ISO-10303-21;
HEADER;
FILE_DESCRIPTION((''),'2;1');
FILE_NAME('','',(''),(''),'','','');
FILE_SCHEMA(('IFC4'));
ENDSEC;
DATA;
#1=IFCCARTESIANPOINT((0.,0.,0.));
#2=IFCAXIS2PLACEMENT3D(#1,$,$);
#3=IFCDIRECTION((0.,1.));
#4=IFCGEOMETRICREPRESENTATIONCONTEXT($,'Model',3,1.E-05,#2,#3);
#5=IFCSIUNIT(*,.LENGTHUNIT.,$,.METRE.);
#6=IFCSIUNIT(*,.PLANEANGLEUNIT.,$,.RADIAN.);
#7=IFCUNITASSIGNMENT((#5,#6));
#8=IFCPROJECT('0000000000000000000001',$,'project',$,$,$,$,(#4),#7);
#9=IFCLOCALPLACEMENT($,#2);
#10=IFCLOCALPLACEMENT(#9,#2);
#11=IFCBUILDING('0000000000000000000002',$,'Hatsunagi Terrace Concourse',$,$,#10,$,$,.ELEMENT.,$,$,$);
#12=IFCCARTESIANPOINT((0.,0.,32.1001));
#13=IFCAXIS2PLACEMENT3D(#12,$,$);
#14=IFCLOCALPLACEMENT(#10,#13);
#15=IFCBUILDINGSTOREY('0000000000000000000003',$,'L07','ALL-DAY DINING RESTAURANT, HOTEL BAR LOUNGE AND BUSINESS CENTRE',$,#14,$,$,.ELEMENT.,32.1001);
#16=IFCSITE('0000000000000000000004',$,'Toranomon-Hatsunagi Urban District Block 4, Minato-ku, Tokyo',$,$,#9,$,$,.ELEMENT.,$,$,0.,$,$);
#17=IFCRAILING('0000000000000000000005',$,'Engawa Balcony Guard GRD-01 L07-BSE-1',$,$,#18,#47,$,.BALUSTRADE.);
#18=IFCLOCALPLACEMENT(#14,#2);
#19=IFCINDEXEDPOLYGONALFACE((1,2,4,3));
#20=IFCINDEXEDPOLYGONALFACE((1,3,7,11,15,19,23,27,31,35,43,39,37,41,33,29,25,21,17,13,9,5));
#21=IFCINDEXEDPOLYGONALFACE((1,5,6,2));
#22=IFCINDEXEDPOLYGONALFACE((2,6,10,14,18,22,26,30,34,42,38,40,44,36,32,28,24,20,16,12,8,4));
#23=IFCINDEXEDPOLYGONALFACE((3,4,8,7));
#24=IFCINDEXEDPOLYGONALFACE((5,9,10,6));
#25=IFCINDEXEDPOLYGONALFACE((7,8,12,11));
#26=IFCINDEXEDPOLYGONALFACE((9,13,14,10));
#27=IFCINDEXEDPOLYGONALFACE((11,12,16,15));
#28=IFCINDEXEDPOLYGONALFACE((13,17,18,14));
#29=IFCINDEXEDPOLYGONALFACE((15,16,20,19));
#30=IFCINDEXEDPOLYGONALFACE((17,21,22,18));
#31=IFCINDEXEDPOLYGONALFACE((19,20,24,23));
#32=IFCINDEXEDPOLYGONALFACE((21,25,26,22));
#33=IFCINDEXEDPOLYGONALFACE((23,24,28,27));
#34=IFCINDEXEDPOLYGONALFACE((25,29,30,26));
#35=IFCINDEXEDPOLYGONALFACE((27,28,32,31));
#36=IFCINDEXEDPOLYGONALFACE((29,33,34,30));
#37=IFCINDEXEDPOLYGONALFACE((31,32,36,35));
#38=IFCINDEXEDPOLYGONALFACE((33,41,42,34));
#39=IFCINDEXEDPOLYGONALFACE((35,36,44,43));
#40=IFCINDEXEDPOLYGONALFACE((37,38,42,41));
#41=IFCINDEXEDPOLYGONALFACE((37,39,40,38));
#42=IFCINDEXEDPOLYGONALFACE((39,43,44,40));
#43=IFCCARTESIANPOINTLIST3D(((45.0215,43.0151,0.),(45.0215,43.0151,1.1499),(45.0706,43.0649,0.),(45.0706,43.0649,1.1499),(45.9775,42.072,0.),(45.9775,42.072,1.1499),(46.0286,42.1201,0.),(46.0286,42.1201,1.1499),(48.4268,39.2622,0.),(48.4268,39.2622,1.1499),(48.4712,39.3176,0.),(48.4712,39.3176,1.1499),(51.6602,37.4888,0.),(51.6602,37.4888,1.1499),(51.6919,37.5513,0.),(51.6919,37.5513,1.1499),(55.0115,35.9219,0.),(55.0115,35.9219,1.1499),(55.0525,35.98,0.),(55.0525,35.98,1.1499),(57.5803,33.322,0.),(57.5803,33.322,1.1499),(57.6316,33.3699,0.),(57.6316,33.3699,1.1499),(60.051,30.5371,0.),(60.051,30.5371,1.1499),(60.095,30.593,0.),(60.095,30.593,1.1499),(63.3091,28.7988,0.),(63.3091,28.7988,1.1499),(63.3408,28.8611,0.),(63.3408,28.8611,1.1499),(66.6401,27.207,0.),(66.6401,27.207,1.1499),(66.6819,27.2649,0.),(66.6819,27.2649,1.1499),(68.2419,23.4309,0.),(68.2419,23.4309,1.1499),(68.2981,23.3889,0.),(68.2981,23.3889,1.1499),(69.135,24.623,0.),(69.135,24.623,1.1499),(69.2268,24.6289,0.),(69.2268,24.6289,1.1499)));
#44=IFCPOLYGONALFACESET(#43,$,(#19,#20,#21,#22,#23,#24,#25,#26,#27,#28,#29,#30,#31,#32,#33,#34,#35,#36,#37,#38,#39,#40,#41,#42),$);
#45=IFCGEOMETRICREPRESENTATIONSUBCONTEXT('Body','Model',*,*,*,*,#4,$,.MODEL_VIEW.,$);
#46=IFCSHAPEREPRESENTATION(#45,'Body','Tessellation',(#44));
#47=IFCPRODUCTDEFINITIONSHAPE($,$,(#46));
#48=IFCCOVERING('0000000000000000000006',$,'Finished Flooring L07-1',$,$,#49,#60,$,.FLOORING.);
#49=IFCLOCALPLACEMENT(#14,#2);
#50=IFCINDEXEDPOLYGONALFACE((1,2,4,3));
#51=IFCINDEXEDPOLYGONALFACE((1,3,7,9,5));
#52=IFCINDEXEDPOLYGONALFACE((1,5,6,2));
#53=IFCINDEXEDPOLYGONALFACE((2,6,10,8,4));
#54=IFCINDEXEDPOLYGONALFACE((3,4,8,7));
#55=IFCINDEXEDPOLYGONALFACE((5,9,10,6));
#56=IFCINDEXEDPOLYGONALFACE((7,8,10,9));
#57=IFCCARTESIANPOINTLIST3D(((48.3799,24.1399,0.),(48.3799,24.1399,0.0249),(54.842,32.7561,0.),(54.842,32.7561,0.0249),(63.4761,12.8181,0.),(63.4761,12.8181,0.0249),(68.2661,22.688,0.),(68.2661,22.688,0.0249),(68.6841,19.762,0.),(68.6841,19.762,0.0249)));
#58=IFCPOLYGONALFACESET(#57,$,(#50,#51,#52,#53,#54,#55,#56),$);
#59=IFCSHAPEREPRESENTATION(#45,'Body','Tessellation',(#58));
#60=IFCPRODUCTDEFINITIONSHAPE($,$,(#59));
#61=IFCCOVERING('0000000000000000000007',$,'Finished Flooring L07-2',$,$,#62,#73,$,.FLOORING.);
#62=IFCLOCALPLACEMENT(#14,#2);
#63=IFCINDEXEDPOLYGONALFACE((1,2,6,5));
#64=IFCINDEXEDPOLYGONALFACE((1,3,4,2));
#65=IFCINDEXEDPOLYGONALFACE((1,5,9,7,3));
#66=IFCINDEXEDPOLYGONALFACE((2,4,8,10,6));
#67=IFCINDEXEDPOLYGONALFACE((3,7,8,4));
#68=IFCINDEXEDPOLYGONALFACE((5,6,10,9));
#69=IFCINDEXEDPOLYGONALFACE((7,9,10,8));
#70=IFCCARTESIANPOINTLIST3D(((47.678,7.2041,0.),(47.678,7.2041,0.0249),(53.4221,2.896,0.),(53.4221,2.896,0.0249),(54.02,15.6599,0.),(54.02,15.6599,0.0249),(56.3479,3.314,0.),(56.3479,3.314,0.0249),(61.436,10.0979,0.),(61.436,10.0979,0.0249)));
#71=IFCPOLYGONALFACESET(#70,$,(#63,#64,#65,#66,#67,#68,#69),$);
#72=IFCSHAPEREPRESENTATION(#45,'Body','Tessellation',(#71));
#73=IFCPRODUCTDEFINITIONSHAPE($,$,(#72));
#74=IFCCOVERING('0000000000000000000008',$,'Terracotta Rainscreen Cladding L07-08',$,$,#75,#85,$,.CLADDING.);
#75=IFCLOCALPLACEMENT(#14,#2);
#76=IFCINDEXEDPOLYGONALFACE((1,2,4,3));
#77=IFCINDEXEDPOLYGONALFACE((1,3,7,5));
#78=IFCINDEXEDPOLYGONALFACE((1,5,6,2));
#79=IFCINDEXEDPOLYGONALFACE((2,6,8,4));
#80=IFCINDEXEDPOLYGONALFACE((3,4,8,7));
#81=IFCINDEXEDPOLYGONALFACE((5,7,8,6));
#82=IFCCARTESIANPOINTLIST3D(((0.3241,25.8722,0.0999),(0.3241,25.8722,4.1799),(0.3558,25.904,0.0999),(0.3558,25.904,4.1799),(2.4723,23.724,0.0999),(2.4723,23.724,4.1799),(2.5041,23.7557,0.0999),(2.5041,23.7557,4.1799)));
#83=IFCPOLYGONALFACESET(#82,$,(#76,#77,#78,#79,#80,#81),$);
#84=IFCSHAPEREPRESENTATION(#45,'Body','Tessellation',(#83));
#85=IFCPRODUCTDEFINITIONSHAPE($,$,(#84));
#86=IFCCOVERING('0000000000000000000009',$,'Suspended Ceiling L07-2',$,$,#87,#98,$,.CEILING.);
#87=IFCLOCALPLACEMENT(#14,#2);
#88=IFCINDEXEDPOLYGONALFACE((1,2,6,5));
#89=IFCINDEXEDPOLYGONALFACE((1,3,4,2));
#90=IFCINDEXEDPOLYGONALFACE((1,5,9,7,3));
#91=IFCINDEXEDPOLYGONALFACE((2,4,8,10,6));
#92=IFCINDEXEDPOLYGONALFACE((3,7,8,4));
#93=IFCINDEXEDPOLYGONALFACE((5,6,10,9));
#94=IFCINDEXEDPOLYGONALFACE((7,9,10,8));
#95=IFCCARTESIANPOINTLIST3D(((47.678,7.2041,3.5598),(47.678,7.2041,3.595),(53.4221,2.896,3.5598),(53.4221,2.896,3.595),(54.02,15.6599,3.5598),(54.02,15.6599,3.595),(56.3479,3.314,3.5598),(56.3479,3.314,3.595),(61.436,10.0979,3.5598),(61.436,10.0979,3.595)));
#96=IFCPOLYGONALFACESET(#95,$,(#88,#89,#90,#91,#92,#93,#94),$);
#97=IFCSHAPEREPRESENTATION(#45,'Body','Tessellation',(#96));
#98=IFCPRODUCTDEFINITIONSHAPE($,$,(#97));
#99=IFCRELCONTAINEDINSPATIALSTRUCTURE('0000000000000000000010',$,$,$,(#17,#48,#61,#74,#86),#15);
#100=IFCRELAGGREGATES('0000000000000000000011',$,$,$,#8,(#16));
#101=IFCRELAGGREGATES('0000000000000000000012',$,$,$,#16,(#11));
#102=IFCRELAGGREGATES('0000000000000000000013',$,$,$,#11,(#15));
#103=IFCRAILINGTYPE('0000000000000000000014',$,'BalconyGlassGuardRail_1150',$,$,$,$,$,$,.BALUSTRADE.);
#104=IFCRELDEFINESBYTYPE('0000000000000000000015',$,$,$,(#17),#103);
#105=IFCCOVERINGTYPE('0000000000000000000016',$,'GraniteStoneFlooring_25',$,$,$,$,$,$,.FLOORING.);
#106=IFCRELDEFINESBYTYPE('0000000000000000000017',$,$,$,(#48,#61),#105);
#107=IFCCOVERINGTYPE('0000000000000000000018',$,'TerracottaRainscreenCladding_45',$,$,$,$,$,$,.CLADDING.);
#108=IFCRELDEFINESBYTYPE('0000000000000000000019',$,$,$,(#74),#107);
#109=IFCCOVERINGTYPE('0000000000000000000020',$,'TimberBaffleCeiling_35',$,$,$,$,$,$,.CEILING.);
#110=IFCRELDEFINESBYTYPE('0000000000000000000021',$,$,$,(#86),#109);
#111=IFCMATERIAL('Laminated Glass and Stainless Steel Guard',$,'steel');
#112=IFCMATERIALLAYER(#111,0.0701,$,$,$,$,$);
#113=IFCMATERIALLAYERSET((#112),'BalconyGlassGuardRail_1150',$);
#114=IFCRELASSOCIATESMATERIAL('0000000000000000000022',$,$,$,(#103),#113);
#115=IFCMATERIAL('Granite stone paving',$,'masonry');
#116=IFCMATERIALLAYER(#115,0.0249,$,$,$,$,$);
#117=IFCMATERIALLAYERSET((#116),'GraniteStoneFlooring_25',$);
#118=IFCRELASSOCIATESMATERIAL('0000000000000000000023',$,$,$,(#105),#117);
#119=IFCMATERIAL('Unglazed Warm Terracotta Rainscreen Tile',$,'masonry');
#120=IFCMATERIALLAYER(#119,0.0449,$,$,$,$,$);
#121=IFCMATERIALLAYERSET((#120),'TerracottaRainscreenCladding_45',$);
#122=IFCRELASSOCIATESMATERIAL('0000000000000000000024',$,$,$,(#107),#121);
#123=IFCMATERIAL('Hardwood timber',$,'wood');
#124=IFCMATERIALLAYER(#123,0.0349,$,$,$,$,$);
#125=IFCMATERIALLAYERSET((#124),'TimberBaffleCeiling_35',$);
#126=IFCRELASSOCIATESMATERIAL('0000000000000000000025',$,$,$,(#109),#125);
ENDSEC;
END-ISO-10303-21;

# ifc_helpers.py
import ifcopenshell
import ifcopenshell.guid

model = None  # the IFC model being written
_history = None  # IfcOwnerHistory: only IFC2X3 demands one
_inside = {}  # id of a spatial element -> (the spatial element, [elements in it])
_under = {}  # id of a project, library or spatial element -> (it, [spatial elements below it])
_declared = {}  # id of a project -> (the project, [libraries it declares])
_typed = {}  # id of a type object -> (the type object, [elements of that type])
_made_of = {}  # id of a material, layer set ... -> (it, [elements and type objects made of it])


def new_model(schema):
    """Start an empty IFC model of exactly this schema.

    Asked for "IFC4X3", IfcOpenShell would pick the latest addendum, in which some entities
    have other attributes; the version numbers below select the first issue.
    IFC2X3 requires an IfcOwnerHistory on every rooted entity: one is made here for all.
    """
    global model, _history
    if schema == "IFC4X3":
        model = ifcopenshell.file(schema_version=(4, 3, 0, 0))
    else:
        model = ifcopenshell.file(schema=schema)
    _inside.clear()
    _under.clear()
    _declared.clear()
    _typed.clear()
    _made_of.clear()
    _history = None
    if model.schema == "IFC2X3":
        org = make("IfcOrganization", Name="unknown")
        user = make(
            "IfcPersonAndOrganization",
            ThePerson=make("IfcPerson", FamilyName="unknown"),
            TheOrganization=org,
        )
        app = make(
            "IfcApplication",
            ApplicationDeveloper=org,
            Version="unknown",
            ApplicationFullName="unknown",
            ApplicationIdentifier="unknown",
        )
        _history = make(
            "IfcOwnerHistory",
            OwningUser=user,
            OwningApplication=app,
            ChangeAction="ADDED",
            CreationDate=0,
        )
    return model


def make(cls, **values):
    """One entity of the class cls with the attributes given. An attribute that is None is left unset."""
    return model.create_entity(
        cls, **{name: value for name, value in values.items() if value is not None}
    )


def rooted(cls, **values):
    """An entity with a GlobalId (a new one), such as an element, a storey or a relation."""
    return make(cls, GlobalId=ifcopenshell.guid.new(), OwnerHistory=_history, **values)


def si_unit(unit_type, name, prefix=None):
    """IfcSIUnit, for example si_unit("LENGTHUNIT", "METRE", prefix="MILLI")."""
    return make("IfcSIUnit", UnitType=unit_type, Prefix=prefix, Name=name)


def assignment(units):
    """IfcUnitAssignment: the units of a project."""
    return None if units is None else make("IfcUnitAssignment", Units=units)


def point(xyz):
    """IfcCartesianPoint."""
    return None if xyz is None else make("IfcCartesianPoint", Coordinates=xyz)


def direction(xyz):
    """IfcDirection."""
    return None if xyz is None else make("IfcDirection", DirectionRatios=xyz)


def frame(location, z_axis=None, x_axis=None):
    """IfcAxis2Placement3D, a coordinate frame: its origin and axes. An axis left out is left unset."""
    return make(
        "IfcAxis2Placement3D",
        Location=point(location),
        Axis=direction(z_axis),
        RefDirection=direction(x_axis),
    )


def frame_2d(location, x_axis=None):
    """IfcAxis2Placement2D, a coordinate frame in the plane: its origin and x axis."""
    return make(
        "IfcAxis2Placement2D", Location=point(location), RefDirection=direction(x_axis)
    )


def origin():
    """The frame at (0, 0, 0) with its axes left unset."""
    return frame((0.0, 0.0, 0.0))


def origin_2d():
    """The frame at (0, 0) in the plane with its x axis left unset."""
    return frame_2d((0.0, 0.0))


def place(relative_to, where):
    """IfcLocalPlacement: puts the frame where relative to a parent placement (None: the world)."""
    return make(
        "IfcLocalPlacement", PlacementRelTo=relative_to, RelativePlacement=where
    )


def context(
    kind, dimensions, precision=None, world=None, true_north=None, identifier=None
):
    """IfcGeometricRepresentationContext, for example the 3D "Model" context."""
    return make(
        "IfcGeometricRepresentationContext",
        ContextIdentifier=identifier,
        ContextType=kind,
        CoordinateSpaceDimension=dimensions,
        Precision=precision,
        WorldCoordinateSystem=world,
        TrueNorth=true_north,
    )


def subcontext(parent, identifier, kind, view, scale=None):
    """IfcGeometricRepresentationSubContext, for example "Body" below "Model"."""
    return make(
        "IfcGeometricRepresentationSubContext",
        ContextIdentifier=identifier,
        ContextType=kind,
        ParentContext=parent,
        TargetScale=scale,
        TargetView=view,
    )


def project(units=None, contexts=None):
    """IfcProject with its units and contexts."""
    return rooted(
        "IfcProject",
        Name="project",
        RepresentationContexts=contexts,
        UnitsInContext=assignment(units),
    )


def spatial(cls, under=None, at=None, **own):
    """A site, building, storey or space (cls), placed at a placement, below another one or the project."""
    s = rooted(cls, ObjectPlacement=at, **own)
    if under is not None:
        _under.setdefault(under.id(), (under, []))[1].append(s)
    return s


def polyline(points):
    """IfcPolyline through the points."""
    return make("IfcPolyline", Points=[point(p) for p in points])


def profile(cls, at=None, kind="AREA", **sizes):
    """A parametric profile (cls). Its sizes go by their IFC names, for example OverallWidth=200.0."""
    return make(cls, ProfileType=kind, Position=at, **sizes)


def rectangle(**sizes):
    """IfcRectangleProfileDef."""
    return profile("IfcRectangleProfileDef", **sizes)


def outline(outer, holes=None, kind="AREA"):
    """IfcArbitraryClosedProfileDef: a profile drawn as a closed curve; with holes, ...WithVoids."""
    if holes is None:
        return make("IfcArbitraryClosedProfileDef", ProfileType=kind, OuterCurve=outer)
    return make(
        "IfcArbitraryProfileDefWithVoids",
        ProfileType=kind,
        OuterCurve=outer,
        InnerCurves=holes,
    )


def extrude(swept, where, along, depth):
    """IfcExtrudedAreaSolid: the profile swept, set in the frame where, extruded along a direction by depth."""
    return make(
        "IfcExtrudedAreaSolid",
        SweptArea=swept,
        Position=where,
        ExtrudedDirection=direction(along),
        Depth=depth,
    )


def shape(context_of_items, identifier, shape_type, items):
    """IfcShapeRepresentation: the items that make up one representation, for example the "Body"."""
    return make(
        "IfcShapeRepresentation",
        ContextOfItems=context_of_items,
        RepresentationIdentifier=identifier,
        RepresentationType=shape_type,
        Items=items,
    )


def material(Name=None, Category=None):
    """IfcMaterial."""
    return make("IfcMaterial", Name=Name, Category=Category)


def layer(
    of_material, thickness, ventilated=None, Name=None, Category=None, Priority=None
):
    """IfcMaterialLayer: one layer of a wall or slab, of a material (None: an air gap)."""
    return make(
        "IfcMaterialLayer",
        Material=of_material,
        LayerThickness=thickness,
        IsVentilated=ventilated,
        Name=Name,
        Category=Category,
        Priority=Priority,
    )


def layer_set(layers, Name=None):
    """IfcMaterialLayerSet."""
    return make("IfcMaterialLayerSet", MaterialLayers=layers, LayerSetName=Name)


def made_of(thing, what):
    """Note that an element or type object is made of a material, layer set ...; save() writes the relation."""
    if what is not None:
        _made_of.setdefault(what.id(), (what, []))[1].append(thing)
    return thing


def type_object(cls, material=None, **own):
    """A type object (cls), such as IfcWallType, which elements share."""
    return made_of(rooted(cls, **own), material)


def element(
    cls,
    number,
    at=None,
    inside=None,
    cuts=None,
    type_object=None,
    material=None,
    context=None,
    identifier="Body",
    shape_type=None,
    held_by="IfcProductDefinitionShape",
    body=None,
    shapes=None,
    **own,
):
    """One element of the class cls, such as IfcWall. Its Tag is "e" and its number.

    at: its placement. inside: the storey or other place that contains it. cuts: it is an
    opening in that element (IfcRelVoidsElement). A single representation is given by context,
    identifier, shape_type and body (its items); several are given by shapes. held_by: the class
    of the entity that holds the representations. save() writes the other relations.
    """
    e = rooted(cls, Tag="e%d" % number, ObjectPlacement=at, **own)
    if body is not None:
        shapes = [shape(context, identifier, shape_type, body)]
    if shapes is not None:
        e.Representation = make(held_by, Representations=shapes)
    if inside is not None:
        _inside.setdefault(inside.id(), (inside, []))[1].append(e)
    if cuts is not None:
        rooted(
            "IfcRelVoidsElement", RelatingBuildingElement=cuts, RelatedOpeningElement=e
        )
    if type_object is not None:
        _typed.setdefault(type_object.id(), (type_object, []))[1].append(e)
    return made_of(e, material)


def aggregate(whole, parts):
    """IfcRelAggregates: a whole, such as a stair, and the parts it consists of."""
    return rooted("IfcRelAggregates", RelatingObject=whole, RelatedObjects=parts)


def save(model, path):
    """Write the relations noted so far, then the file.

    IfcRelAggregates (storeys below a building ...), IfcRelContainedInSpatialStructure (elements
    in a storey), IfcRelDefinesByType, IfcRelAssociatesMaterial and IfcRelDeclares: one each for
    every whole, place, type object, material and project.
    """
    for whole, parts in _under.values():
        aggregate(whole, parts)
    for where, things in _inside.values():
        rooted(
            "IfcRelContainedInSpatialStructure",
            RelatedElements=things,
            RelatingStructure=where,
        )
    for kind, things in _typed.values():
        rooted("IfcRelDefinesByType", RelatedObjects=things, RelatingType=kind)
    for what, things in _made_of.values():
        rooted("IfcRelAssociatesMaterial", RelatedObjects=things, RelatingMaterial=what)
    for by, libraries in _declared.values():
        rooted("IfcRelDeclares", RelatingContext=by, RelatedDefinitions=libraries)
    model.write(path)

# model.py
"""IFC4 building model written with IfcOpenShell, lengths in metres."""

from ifc_helpers import new_model, si_unit, direction, frame, origin, origin_2d, place, context, subcontext, project, spatial, polyline, rectangle, outline, extrude, material, layer, layer_set, type_object, element, save


model = new_model("IFC4")

# Units and contexts
model_context = context("Model", 3, precision=1e-05, world=origin(), true_north=direction((0.0, 1.0)))
body_context = subcontext(model_context, "Body", "Model", "MODEL_VIEW")
ifc_project = project(units=[si_unit("LENGTHUNIT", "METRE"), si_unit("PLANEANGLEUNIT", "RADIAN")], contexts=[model_context])

# Site, building, storey
site_placement = place(None, origin())
site = spatial("IfcSite", under=ifc_project, at=site_placement, Name="Toranomon-Hatsunagi Urban District Block 4, Minato-ku, Tokyo", CompositionType="ELEMENT", RefElevation=0.0)
building_placement = place(site_placement, origin())
building = spatial("IfcBuilding", under=site, at=building_placement, Name="Hatsunagi Terrace Concourse", CompositionType="ELEMENT")
storey_placement = place(building_placement, frame((0.0, 0.0, 32.1001)))
storey = spatial("IfcBuildingStorey", under=building, at=storey_placement, Name="L07", Description="ALL-DAY DINING RESTAURANT, HOTEL BAR LOUNGE AND BUSINESS CENTRE", CompositionType="ELEMENT", Elevation=32.1001)

# Railing
ifc_material_1 = material(Name="Laminated Glass and Stainless Steel Guard", Category="steel")
ifc_layer_1 = layer(ifc_material_1, 0.0701)
ifc_layer_set_1 = layer_set([ifc_layer_1], Name="BalconyGlassGuardRail_1150")
railing_type = type_object("IfcRailingType", Name="BalconyGlassGuardRail_1150", PredefinedType="BALUSTRADE", material=ifc_layer_set_1)
railing_1_placement = place(storey_placement, origin())
element("IfcRailing", 1, at=railing_1_placement, inside=storey, type_object=railing_type, Name="Engawa Balcony Guard GRD-01 L07-BSE-1", PredefinedType="BALUSTRADE", context=body_context, shape_type="SweptSolid", body=[
    extrude(outline(polyline([(45.0706, 43.0649), (45.0215, 43.0151), (45.9775, 42.072), (48.4268, 39.2622), (51.6602, 37.4888), (55.0115, 35.9219), (57.5803, 33.322), (60.051, 30.5371), (63.3091, 28.7988), (66.6401, 27.207), (69.135, 24.623), (68.2419, 23.4309), (68.2981, 23.3889), (69.2268, 24.6289), (66.6819, 27.2649), (63.3408, 28.8611), (60.095, 30.593), (57.6316, 33.3699), (55.0525, 35.98), (51.6919, 37.5513), (48.4712, 39.3176), (46.0286, 42.1201), (45.0706, 43.0649)])), origin(), (0.0, 0.0, 1.0), 1.1499),
])

# Coverings
ifc_material_2 = material(Name="Granite stone paving", Category="masonry")
ifc_layer_2 = layer(ifc_material_2, 0.0249)
ifc_layer_set_2 = layer_set([ifc_layer_2], Name="GraniteStoneFlooring_25")
covering_type_1 = type_object("IfcCoveringType", Name="GraniteStoneFlooring_25", PredefinedType="FLOORING", material=ifc_layer_set_2)
covering_1_placement = place(storey_placement, origin())
element("IfcCovering", 2, at=covering_1_placement, inside=storey, type_object=covering_type_1, Name="Finished Flooring L07-1", PredefinedType="FLOORING", context=body_context, shape_type="SweptSolid", body=[
    extrude(outline(polyline([(68.2661, 22.688), (54.842, 32.7561), (48.3799, 24.1399), (63.4761, 12.8181), (68.6841, 19.762), (68.2661, 22.688)])), origin(), (0.0, 0.0, 1.0), 0.0249),
])
covering_2_placement = place(storey_placement, origin())
element("IfcCovering", 3, at=covering_2_placement, inside=storey, type_object=covering_type_1, Name="Finished Flooring L07-2", PredefinedType="FLOORING", context=body_context, shape_type="SweptSolid", body=[
    extrude(outline(polyline([(56.3479, 3.314), (61.436, 10.0979), (54.02, 15.6599), (47.678, 7.2041), (53.4221, 2.896), (56.3479, 3.314)])), origin(), (0.0, 0.0, 1.0), 0.0249),
])
ifc_material_3 = material(Name="Unglazed Warm Terracotta Rainscreen Tile", Category="masonry")
ifc_layer_3 = layer(ifc_material_3, 0.0449)
ifc_layer_set_3 = layer_set([ifc_layer_3], Name="TerracottaRainscreenCladding_45")
covering_type_2 = type_object("IfcCoveringType", Name="TerracottaRainscreenCladding_45", PredefinedType="CLADDING", material=ifc_layer_set_3)
covering_3_placement = place(storey_placement, frame((1.4141, 24.814, 0.0999), z_axis=(0.0, 0.0, 1.0), x_axis=(-0.707107, 0.707107, 0.0)))
element("IfcCovering", 4, at=covering_3_placement, inside=storey, type_object=covering_type_2, Name="Terracotta Rainscreen Cladding L07-08", PredefinedType="CLADDING", context=body_context, shape_type="SweptSolid", body=[
    extrude(rectangle(XDim=3.0381, YDim=0.0449, at=origin_2d()), origin(), (0.0, 0.0, 1.0), 4.0801),
])
ifc_material_4 = material(Name="Hardwood timber", Category="wood")
ifc_layer_4 = layer(ifc_material_4, 0.0349)
ifc_layer_set_4 = layer_set([ifc_layer_4], Name="TimberBaffleCeiling_35")
covering_type_3 = type_object("IfcCoveringType", Name="TimberBaffleCeiling_35", PredefinedType="CEILING", material=ifc_layer_set_4)
covering_4_placement = place(storey_placement, frame((0.0, 0.0, 3.5598)))
element("IfcCovering", 5, at=covering_4_placement, inside=storey, type_object=covering_type_3, Name="Suspended Ceiling L07-2", PredefinedType="CEILING", context=body_context, shape_type="SweptSolid", body=[
    extrude(outline(polyline([(56.3479, 3.314), (61.436, 10.0979), (54.02, 15.6599), (47.678, 7.2041), (53.4221, 2.896), (56.3479, 3.314)])), origin(), (0.0, 0.0, 1.0), 0.0352),
])

save(model, "model.ifc")
